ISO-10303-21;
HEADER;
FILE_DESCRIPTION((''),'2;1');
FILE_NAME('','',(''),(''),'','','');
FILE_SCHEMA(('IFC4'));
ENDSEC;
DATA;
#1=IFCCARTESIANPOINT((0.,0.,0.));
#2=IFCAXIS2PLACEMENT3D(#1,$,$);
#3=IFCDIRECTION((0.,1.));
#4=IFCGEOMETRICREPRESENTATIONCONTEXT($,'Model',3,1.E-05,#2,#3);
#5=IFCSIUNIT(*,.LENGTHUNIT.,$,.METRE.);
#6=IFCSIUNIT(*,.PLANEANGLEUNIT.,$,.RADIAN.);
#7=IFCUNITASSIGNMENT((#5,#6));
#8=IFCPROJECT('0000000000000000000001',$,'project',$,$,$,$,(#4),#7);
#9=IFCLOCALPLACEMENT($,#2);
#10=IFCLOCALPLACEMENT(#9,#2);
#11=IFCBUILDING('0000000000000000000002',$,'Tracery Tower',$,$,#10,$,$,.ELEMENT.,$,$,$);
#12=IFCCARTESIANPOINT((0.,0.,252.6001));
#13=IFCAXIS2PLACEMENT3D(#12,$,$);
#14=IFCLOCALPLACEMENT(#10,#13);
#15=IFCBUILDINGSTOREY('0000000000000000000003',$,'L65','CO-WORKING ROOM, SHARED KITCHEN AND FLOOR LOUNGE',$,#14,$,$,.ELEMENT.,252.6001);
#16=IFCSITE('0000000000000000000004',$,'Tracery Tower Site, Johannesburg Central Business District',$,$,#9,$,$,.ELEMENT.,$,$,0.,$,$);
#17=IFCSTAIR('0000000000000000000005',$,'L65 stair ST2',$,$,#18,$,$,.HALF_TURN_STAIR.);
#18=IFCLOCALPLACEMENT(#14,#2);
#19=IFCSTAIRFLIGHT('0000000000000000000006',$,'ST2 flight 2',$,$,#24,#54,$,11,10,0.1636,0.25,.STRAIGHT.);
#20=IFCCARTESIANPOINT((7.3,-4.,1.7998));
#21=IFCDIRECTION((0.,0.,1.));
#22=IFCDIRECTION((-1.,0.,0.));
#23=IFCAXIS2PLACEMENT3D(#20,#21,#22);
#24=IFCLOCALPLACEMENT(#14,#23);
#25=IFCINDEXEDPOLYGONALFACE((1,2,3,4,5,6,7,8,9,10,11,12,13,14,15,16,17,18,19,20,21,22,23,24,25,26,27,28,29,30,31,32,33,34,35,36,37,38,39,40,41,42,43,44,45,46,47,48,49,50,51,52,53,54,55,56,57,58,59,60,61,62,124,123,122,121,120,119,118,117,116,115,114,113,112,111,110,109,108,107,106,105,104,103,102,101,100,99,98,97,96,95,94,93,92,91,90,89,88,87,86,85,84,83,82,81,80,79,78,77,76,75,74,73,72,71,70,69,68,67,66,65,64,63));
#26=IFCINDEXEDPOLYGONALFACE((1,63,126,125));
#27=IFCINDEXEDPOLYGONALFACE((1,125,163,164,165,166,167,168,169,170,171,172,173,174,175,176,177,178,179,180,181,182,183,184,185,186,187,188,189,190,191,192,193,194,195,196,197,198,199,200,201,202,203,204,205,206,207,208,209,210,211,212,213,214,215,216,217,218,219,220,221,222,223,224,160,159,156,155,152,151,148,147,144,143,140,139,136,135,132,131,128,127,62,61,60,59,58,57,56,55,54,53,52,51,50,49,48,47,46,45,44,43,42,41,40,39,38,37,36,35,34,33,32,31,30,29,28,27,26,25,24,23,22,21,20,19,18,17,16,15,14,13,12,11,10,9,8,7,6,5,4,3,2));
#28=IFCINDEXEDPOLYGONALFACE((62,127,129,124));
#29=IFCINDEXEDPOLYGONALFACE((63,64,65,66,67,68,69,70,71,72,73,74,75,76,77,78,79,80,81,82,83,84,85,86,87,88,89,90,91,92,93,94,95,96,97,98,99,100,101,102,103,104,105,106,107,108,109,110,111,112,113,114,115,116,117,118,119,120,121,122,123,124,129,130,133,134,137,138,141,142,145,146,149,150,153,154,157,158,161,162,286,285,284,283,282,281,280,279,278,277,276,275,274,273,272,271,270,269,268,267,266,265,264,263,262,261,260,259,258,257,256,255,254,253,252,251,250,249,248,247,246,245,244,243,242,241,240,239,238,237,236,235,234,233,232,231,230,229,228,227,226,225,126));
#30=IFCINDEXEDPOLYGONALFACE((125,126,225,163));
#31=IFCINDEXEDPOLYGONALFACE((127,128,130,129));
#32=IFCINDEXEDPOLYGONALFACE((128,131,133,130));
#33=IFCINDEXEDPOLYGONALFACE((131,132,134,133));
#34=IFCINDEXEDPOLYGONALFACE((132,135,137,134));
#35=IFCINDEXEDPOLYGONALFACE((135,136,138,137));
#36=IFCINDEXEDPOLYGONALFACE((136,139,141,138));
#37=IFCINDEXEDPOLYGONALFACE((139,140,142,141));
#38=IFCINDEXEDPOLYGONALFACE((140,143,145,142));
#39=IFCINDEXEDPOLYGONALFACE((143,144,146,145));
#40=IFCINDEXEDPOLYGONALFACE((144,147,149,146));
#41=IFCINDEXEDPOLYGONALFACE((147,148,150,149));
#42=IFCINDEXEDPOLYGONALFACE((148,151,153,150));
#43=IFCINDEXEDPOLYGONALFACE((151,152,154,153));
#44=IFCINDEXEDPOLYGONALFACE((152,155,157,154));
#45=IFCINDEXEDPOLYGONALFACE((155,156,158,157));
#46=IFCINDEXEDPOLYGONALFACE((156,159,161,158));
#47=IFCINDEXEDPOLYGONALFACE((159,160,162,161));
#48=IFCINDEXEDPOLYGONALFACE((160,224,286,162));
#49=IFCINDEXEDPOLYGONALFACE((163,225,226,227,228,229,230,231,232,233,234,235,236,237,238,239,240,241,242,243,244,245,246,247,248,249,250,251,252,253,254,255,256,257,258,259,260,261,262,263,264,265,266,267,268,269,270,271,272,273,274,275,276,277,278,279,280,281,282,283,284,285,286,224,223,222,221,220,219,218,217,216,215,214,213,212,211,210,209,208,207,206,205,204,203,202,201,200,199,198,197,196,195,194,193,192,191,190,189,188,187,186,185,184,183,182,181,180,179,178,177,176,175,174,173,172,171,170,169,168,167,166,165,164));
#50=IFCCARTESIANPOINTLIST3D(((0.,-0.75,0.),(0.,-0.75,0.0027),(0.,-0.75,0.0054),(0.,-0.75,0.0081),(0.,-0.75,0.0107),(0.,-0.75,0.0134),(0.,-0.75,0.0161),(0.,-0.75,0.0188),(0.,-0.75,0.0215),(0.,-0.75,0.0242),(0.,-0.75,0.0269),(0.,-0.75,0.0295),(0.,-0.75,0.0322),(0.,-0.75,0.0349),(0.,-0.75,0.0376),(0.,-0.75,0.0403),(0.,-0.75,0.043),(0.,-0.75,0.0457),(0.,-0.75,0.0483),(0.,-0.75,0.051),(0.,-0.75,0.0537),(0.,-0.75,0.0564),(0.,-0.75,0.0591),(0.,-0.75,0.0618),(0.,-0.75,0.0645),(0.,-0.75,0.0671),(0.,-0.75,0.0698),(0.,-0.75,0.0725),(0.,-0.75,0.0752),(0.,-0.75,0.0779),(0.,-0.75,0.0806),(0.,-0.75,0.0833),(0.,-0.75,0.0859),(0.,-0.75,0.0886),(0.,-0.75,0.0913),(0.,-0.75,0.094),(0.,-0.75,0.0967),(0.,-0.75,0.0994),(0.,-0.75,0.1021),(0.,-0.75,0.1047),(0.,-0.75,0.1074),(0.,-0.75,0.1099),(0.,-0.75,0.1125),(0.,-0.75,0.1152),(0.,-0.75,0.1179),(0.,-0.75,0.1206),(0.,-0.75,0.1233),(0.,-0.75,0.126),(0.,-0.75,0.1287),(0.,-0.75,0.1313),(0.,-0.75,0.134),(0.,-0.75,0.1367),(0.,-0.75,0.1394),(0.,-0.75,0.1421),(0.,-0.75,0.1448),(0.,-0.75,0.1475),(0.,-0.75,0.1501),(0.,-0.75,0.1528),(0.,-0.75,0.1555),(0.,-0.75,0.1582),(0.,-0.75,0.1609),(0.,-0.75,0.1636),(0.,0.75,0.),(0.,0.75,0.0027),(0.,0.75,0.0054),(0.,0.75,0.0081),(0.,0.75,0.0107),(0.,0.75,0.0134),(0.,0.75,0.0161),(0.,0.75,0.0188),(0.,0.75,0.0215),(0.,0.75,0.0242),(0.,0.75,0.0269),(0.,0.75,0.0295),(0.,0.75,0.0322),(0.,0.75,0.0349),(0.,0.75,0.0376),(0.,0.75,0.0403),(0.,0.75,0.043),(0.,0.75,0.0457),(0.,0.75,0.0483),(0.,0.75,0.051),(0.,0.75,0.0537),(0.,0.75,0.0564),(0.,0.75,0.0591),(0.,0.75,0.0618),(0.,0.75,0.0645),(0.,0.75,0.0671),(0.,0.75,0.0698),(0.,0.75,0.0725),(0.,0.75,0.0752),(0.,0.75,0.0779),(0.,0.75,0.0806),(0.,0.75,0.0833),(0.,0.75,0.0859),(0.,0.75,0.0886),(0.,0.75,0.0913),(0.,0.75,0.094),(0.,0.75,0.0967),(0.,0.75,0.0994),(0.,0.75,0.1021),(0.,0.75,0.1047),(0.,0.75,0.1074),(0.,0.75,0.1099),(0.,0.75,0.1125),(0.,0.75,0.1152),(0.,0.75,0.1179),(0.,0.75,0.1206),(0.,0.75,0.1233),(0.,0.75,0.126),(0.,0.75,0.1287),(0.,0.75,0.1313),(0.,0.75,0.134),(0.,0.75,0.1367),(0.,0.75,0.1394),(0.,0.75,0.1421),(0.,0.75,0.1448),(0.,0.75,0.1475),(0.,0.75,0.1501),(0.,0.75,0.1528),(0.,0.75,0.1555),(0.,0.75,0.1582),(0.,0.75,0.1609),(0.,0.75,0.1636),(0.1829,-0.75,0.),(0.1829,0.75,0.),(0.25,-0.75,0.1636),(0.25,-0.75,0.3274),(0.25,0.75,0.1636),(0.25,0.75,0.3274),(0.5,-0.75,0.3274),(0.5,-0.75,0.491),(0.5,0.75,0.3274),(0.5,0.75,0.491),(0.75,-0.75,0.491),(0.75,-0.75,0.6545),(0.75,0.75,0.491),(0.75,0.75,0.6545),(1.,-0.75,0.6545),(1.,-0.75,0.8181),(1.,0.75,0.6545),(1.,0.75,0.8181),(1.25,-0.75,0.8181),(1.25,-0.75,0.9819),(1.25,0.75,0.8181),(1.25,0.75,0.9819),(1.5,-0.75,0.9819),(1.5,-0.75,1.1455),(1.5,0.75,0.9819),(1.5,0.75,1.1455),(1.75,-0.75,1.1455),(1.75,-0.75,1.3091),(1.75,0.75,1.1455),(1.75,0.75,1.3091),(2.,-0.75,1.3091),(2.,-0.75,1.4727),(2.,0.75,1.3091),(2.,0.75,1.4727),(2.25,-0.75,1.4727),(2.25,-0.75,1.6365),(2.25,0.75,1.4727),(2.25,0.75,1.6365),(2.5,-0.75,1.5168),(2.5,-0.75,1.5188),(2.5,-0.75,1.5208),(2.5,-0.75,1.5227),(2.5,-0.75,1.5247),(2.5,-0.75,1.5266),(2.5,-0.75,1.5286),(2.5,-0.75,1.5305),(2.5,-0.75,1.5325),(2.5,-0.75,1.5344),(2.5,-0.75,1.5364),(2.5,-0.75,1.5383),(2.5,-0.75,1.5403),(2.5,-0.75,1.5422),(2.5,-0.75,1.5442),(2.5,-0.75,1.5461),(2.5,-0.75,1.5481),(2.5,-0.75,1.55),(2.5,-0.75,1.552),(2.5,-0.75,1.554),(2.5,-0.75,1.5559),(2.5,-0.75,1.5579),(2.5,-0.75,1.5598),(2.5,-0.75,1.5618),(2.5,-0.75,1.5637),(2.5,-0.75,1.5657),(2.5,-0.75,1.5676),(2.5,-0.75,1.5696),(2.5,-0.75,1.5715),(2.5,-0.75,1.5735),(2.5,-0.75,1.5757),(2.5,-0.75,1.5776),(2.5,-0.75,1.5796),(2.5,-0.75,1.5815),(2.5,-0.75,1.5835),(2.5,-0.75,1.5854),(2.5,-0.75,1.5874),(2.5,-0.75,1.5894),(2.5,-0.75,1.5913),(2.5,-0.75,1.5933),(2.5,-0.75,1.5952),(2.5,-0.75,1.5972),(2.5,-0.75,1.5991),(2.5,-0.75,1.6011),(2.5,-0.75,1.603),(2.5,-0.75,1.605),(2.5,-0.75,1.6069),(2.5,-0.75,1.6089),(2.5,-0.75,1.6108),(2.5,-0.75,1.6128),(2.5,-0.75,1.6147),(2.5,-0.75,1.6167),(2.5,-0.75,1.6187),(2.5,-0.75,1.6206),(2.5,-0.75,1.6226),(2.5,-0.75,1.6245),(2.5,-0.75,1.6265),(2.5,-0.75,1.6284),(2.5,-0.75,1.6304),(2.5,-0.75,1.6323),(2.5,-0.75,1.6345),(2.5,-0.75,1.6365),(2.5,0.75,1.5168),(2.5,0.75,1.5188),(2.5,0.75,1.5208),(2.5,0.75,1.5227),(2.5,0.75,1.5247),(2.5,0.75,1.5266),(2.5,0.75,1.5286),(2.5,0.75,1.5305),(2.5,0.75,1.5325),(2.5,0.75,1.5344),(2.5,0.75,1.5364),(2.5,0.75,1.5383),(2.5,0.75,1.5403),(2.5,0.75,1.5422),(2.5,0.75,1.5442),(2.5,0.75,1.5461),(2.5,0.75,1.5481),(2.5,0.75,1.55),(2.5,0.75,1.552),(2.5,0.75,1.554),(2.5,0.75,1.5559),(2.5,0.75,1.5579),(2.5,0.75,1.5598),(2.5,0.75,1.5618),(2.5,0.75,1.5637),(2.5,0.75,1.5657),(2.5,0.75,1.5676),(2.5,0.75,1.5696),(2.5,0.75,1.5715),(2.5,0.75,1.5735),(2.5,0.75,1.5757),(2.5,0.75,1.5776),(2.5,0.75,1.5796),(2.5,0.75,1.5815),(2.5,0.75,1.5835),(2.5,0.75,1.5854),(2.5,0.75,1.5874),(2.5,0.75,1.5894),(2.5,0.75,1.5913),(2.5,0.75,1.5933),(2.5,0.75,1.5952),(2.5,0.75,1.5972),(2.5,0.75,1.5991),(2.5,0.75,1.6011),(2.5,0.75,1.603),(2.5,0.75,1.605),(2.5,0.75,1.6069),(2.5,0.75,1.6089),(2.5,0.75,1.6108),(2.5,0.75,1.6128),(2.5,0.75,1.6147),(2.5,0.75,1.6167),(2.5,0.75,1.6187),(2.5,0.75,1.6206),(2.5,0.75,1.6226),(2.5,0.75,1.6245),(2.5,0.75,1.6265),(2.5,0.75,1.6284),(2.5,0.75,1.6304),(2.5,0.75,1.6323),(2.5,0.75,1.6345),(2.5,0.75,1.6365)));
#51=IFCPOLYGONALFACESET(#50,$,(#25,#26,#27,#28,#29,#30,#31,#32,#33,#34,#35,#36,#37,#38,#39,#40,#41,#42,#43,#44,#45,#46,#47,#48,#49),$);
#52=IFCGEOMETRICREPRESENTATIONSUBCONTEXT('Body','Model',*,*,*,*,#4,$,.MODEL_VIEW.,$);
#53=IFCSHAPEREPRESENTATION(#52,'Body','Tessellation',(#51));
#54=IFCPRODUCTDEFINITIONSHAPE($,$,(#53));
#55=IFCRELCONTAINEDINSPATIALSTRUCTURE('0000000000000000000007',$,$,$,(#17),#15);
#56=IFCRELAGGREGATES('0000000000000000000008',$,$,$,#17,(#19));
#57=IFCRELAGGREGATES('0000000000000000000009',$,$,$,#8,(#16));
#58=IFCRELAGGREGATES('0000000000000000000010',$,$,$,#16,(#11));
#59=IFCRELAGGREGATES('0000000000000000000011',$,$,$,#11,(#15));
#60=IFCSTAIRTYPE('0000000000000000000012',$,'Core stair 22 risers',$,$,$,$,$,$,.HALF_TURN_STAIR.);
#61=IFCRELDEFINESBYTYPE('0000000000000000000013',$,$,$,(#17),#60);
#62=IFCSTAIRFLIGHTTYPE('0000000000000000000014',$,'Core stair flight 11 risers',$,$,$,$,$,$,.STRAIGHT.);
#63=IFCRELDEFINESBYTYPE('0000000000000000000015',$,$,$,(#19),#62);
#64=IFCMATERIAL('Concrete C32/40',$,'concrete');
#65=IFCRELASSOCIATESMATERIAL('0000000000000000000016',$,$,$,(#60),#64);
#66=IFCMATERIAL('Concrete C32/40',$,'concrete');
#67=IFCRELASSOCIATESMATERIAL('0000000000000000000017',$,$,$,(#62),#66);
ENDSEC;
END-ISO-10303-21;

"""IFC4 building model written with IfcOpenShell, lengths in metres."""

from ifc_helpers import new_model, si_unit, direction, frame, origin, place, context, subcontext, project, spatial, polyline, outline, extrude, material, type_object, element, aggregate, save


model = new_model("IFC4")

# Units and contexts
model_context = context("Model", 3, precision=1e-05, world=origin(), true_north=direction((0.0, 1.0)))
body_context = subcontext(model_context, "Body", "Model", "MODEL_VIEW")
ifc_project = project(units=[si_unit("LENGTHUNIT", "METRE"), si_unit("PLANEANGLEUNIT", "RADIAN")], contexts=[model_context])

# Site, building, storey
site_placement = place(None, origin())
site = spatial("IfcSite", under=ifc_project, at=site_placement, Name="Tracery Tower Site, Johannesburg Central Business District", CompositionType="ELEMENT", RefElevation=0.0)
building_placement = place(site_placement, origin())
building = spatial("IfcBuilding", under=site, at=building_placement, Name="Tracery Tower", CompositionType="ELEMENT")
storey_placement = place(building_placement, frame((0.0, 0.0, 252.6001)))
storey = spatial("IfcBuildingStorey", under=building, at=storey_placement, Name="L65", Description="CO-WORKING ROOM, SHARED KITCHEN AND FLOOR LOUNGE", CompositionType="ELEMENT", Elevation=252.6001)

# Stair
ifc_material_1 = material(Name="Concrete C32/40", Category="concrete")
stair_type = type_object("IfcStairType", Name="Core stair 22 risers", PredefinedType="HALF_TURN_STAIR", material=ifc_material_1)
stair_placement = place(storey_placement, origin())
stair = element("IfcStair", 1, at=stair_placement, inside=storey, type_object=stair_type, Name="L65 stair ST2", PredefinedType="HALF_TURN_STAIR")

# Stair flight
ifc_material_2 = material(Name="Concrete C32/40", Category="concrete")
stair_flight_type = type_object("IfcStairFlightType", Name="Core stair flight 11 risers", PredefinedType="STRAIGHT", material=ifc_material_2)
stair_flight_1_placement = place(storey_placement, frame((7.3, -4.0, 1.7998), z_axis=(0.0, 0.0, 1.0), x_axis=(-1.0, 0.0, 0.0)))
stair_flight_1 = element("IfcStairFlight", 2, at=stair_flight_1_placement, type_object=stair_flight_type, Name="ST2 flight 2", NumberOfRisers=11, NumberOfTreads=10, PredefinedType="STRAIGHT", RiserHeight=0.1636, TreadLength=0.25, context=body_context, shape_type="SweptSolid", body=[
    extrude(outline(polyline([(0.0, 0.0), (0.0, 0.0027), (0.0, 0.0054), (0.0, 0.0081), (0.0, 0.0107), (0.0, 0.0134), (0.0, 0.0161), (0.0, 0.0188), (0.0, 0.0215), (0.0, 0.0242), (0.0, 0.0269), (0.0, 0.0295), (0.0, 0.0322), (0.0, 0.0349), (0.0, 0.0376), (0.0, 0.0403), (0.0, 0.043), (0.0, 0.0457), (0.0, 0.0483), (0.0, 0.051), (0.0, 0.0537), (0.0, 0.0564), (0.0, 0.0591), (0.0, 0.0618), (0.0, 0.0645), (0.0, 0.0671), (0.0, 0.0698), (0.0, 0.0725), (0.0, 0.0752), (0.0, 0.0779), (0.0, 0.0806), (0.0, 0.0833), (0.0, 0.0859), (0.0, 0.0886), (0.0, 0.0913), (0.0, 0.094), (0.0, 0.0967), (0.0, 0.0994), (0.0, 0.1021), (0.0, 0.1047), (0.0, 0.1074), (0.0, 0.1099), (0.0, 0.1125), (0.0, 0.1152), (0.0, 0.1179), (0.0, 0.1206), (0.0, 0.1233), (0.0, 0.126), (0.0, 0.1287), (0.0, 0.1313), (0.0, 0.134), (0.0, 0.1367), (0.0, 0.1394), (0.0, 0.1421), (0.0, 0.1448), (0.0, 0.1475), (0.0, 0.1501), (0.0, 0.1528), (0.0, 0.1555), (0.0, 0.1582), (0.0, 0.1609), (0.0, 0.1636), (0.25, 0.1636), (0.25, 0.3274), (0.5, 0.3274), (0.5, 0.491), (0.75, 0.491), (0.75, 0.6545), (1.0, 0.6545), (1.0, 0.8181), (1.25, 0.8181), (1.25, 0.9819), (1.5, 0.9819), (1.5, 1.1455), (1.75, 1.1455), (1.75, 1.3091), (2.0, 1.3091), (2.0, 1.4727), (2.25, 1.4727), (2.25, 1.6365), (2.5, 1.6365), (2.5, 1.6345), (2.5, 1.6323), (2.5, 1.6304), (2.5, 1.6284), (2.5, 1.6265), (2.5, 1.6245), (2.5, 1.6226), (2.5, 1.6206), (2.5, 1.6187), (2.5, 1.6167), (2.5, 1.6147), (2.5, 1.6128), (2.5, 1.6108), (2.5, 1.6089), (2.5, 1.6069), (2.5, 1.605), (2.5, 1.603), (2.5, 1.6011), (2.5, 1.5991), (2.5, 1.5972), (2.5, 1.5952), (2.5, 1.5933), (2.5, 1.5913), (2.5, 1.5894), (2.5, 1.5874), (2.5, 1.5854), (2.5, 1.5835), (2.5, 1.5815), (2.5, 1.5796), (2.5, 1.5776), (2.5, 1.5757), (2.5, 1.5735), (2.5, 1.5715), (2.5, 1.5696), (2.5, 1.5676), (2.5, 1.5657), (2.5, 1.5637), (2.5, 1.5618), (2.5, 1.5598), (2.5, 1.5579), (2.5, 1.5559), (2.5, 1.554), (2.5, 1.552), (2.5, 1.55), (2.5, 1.5481), (2.5, 1.5461), (2.5, 1.5442), (2.5, 1.5422), (2.5, 1.5403), (2.5, 1.5383), (2.5, 1.5364), (2.5, 1.5344), (2.5, 1.5325), (2.5, 1.5305), (2.5, 1.5286), (2.5, 1.5266), (2.5, 1.5247), (2.5, 1.5227), (2.5, 1.5208), (2.5, 1.5188), (2.5, 1.5168), (0.1829, 0.0), (0.0, 0.0)])), frame((0.0, 0.75, 0.0), z_axis=(0.0, -1.0, 0.0), x_axis=(1.0, 0.0, 0.0)), (0.0, 0.0, 1.0), 1.5),
])
aggregate(stair, [stair_flight_1])

save(model, "model.ifc")
